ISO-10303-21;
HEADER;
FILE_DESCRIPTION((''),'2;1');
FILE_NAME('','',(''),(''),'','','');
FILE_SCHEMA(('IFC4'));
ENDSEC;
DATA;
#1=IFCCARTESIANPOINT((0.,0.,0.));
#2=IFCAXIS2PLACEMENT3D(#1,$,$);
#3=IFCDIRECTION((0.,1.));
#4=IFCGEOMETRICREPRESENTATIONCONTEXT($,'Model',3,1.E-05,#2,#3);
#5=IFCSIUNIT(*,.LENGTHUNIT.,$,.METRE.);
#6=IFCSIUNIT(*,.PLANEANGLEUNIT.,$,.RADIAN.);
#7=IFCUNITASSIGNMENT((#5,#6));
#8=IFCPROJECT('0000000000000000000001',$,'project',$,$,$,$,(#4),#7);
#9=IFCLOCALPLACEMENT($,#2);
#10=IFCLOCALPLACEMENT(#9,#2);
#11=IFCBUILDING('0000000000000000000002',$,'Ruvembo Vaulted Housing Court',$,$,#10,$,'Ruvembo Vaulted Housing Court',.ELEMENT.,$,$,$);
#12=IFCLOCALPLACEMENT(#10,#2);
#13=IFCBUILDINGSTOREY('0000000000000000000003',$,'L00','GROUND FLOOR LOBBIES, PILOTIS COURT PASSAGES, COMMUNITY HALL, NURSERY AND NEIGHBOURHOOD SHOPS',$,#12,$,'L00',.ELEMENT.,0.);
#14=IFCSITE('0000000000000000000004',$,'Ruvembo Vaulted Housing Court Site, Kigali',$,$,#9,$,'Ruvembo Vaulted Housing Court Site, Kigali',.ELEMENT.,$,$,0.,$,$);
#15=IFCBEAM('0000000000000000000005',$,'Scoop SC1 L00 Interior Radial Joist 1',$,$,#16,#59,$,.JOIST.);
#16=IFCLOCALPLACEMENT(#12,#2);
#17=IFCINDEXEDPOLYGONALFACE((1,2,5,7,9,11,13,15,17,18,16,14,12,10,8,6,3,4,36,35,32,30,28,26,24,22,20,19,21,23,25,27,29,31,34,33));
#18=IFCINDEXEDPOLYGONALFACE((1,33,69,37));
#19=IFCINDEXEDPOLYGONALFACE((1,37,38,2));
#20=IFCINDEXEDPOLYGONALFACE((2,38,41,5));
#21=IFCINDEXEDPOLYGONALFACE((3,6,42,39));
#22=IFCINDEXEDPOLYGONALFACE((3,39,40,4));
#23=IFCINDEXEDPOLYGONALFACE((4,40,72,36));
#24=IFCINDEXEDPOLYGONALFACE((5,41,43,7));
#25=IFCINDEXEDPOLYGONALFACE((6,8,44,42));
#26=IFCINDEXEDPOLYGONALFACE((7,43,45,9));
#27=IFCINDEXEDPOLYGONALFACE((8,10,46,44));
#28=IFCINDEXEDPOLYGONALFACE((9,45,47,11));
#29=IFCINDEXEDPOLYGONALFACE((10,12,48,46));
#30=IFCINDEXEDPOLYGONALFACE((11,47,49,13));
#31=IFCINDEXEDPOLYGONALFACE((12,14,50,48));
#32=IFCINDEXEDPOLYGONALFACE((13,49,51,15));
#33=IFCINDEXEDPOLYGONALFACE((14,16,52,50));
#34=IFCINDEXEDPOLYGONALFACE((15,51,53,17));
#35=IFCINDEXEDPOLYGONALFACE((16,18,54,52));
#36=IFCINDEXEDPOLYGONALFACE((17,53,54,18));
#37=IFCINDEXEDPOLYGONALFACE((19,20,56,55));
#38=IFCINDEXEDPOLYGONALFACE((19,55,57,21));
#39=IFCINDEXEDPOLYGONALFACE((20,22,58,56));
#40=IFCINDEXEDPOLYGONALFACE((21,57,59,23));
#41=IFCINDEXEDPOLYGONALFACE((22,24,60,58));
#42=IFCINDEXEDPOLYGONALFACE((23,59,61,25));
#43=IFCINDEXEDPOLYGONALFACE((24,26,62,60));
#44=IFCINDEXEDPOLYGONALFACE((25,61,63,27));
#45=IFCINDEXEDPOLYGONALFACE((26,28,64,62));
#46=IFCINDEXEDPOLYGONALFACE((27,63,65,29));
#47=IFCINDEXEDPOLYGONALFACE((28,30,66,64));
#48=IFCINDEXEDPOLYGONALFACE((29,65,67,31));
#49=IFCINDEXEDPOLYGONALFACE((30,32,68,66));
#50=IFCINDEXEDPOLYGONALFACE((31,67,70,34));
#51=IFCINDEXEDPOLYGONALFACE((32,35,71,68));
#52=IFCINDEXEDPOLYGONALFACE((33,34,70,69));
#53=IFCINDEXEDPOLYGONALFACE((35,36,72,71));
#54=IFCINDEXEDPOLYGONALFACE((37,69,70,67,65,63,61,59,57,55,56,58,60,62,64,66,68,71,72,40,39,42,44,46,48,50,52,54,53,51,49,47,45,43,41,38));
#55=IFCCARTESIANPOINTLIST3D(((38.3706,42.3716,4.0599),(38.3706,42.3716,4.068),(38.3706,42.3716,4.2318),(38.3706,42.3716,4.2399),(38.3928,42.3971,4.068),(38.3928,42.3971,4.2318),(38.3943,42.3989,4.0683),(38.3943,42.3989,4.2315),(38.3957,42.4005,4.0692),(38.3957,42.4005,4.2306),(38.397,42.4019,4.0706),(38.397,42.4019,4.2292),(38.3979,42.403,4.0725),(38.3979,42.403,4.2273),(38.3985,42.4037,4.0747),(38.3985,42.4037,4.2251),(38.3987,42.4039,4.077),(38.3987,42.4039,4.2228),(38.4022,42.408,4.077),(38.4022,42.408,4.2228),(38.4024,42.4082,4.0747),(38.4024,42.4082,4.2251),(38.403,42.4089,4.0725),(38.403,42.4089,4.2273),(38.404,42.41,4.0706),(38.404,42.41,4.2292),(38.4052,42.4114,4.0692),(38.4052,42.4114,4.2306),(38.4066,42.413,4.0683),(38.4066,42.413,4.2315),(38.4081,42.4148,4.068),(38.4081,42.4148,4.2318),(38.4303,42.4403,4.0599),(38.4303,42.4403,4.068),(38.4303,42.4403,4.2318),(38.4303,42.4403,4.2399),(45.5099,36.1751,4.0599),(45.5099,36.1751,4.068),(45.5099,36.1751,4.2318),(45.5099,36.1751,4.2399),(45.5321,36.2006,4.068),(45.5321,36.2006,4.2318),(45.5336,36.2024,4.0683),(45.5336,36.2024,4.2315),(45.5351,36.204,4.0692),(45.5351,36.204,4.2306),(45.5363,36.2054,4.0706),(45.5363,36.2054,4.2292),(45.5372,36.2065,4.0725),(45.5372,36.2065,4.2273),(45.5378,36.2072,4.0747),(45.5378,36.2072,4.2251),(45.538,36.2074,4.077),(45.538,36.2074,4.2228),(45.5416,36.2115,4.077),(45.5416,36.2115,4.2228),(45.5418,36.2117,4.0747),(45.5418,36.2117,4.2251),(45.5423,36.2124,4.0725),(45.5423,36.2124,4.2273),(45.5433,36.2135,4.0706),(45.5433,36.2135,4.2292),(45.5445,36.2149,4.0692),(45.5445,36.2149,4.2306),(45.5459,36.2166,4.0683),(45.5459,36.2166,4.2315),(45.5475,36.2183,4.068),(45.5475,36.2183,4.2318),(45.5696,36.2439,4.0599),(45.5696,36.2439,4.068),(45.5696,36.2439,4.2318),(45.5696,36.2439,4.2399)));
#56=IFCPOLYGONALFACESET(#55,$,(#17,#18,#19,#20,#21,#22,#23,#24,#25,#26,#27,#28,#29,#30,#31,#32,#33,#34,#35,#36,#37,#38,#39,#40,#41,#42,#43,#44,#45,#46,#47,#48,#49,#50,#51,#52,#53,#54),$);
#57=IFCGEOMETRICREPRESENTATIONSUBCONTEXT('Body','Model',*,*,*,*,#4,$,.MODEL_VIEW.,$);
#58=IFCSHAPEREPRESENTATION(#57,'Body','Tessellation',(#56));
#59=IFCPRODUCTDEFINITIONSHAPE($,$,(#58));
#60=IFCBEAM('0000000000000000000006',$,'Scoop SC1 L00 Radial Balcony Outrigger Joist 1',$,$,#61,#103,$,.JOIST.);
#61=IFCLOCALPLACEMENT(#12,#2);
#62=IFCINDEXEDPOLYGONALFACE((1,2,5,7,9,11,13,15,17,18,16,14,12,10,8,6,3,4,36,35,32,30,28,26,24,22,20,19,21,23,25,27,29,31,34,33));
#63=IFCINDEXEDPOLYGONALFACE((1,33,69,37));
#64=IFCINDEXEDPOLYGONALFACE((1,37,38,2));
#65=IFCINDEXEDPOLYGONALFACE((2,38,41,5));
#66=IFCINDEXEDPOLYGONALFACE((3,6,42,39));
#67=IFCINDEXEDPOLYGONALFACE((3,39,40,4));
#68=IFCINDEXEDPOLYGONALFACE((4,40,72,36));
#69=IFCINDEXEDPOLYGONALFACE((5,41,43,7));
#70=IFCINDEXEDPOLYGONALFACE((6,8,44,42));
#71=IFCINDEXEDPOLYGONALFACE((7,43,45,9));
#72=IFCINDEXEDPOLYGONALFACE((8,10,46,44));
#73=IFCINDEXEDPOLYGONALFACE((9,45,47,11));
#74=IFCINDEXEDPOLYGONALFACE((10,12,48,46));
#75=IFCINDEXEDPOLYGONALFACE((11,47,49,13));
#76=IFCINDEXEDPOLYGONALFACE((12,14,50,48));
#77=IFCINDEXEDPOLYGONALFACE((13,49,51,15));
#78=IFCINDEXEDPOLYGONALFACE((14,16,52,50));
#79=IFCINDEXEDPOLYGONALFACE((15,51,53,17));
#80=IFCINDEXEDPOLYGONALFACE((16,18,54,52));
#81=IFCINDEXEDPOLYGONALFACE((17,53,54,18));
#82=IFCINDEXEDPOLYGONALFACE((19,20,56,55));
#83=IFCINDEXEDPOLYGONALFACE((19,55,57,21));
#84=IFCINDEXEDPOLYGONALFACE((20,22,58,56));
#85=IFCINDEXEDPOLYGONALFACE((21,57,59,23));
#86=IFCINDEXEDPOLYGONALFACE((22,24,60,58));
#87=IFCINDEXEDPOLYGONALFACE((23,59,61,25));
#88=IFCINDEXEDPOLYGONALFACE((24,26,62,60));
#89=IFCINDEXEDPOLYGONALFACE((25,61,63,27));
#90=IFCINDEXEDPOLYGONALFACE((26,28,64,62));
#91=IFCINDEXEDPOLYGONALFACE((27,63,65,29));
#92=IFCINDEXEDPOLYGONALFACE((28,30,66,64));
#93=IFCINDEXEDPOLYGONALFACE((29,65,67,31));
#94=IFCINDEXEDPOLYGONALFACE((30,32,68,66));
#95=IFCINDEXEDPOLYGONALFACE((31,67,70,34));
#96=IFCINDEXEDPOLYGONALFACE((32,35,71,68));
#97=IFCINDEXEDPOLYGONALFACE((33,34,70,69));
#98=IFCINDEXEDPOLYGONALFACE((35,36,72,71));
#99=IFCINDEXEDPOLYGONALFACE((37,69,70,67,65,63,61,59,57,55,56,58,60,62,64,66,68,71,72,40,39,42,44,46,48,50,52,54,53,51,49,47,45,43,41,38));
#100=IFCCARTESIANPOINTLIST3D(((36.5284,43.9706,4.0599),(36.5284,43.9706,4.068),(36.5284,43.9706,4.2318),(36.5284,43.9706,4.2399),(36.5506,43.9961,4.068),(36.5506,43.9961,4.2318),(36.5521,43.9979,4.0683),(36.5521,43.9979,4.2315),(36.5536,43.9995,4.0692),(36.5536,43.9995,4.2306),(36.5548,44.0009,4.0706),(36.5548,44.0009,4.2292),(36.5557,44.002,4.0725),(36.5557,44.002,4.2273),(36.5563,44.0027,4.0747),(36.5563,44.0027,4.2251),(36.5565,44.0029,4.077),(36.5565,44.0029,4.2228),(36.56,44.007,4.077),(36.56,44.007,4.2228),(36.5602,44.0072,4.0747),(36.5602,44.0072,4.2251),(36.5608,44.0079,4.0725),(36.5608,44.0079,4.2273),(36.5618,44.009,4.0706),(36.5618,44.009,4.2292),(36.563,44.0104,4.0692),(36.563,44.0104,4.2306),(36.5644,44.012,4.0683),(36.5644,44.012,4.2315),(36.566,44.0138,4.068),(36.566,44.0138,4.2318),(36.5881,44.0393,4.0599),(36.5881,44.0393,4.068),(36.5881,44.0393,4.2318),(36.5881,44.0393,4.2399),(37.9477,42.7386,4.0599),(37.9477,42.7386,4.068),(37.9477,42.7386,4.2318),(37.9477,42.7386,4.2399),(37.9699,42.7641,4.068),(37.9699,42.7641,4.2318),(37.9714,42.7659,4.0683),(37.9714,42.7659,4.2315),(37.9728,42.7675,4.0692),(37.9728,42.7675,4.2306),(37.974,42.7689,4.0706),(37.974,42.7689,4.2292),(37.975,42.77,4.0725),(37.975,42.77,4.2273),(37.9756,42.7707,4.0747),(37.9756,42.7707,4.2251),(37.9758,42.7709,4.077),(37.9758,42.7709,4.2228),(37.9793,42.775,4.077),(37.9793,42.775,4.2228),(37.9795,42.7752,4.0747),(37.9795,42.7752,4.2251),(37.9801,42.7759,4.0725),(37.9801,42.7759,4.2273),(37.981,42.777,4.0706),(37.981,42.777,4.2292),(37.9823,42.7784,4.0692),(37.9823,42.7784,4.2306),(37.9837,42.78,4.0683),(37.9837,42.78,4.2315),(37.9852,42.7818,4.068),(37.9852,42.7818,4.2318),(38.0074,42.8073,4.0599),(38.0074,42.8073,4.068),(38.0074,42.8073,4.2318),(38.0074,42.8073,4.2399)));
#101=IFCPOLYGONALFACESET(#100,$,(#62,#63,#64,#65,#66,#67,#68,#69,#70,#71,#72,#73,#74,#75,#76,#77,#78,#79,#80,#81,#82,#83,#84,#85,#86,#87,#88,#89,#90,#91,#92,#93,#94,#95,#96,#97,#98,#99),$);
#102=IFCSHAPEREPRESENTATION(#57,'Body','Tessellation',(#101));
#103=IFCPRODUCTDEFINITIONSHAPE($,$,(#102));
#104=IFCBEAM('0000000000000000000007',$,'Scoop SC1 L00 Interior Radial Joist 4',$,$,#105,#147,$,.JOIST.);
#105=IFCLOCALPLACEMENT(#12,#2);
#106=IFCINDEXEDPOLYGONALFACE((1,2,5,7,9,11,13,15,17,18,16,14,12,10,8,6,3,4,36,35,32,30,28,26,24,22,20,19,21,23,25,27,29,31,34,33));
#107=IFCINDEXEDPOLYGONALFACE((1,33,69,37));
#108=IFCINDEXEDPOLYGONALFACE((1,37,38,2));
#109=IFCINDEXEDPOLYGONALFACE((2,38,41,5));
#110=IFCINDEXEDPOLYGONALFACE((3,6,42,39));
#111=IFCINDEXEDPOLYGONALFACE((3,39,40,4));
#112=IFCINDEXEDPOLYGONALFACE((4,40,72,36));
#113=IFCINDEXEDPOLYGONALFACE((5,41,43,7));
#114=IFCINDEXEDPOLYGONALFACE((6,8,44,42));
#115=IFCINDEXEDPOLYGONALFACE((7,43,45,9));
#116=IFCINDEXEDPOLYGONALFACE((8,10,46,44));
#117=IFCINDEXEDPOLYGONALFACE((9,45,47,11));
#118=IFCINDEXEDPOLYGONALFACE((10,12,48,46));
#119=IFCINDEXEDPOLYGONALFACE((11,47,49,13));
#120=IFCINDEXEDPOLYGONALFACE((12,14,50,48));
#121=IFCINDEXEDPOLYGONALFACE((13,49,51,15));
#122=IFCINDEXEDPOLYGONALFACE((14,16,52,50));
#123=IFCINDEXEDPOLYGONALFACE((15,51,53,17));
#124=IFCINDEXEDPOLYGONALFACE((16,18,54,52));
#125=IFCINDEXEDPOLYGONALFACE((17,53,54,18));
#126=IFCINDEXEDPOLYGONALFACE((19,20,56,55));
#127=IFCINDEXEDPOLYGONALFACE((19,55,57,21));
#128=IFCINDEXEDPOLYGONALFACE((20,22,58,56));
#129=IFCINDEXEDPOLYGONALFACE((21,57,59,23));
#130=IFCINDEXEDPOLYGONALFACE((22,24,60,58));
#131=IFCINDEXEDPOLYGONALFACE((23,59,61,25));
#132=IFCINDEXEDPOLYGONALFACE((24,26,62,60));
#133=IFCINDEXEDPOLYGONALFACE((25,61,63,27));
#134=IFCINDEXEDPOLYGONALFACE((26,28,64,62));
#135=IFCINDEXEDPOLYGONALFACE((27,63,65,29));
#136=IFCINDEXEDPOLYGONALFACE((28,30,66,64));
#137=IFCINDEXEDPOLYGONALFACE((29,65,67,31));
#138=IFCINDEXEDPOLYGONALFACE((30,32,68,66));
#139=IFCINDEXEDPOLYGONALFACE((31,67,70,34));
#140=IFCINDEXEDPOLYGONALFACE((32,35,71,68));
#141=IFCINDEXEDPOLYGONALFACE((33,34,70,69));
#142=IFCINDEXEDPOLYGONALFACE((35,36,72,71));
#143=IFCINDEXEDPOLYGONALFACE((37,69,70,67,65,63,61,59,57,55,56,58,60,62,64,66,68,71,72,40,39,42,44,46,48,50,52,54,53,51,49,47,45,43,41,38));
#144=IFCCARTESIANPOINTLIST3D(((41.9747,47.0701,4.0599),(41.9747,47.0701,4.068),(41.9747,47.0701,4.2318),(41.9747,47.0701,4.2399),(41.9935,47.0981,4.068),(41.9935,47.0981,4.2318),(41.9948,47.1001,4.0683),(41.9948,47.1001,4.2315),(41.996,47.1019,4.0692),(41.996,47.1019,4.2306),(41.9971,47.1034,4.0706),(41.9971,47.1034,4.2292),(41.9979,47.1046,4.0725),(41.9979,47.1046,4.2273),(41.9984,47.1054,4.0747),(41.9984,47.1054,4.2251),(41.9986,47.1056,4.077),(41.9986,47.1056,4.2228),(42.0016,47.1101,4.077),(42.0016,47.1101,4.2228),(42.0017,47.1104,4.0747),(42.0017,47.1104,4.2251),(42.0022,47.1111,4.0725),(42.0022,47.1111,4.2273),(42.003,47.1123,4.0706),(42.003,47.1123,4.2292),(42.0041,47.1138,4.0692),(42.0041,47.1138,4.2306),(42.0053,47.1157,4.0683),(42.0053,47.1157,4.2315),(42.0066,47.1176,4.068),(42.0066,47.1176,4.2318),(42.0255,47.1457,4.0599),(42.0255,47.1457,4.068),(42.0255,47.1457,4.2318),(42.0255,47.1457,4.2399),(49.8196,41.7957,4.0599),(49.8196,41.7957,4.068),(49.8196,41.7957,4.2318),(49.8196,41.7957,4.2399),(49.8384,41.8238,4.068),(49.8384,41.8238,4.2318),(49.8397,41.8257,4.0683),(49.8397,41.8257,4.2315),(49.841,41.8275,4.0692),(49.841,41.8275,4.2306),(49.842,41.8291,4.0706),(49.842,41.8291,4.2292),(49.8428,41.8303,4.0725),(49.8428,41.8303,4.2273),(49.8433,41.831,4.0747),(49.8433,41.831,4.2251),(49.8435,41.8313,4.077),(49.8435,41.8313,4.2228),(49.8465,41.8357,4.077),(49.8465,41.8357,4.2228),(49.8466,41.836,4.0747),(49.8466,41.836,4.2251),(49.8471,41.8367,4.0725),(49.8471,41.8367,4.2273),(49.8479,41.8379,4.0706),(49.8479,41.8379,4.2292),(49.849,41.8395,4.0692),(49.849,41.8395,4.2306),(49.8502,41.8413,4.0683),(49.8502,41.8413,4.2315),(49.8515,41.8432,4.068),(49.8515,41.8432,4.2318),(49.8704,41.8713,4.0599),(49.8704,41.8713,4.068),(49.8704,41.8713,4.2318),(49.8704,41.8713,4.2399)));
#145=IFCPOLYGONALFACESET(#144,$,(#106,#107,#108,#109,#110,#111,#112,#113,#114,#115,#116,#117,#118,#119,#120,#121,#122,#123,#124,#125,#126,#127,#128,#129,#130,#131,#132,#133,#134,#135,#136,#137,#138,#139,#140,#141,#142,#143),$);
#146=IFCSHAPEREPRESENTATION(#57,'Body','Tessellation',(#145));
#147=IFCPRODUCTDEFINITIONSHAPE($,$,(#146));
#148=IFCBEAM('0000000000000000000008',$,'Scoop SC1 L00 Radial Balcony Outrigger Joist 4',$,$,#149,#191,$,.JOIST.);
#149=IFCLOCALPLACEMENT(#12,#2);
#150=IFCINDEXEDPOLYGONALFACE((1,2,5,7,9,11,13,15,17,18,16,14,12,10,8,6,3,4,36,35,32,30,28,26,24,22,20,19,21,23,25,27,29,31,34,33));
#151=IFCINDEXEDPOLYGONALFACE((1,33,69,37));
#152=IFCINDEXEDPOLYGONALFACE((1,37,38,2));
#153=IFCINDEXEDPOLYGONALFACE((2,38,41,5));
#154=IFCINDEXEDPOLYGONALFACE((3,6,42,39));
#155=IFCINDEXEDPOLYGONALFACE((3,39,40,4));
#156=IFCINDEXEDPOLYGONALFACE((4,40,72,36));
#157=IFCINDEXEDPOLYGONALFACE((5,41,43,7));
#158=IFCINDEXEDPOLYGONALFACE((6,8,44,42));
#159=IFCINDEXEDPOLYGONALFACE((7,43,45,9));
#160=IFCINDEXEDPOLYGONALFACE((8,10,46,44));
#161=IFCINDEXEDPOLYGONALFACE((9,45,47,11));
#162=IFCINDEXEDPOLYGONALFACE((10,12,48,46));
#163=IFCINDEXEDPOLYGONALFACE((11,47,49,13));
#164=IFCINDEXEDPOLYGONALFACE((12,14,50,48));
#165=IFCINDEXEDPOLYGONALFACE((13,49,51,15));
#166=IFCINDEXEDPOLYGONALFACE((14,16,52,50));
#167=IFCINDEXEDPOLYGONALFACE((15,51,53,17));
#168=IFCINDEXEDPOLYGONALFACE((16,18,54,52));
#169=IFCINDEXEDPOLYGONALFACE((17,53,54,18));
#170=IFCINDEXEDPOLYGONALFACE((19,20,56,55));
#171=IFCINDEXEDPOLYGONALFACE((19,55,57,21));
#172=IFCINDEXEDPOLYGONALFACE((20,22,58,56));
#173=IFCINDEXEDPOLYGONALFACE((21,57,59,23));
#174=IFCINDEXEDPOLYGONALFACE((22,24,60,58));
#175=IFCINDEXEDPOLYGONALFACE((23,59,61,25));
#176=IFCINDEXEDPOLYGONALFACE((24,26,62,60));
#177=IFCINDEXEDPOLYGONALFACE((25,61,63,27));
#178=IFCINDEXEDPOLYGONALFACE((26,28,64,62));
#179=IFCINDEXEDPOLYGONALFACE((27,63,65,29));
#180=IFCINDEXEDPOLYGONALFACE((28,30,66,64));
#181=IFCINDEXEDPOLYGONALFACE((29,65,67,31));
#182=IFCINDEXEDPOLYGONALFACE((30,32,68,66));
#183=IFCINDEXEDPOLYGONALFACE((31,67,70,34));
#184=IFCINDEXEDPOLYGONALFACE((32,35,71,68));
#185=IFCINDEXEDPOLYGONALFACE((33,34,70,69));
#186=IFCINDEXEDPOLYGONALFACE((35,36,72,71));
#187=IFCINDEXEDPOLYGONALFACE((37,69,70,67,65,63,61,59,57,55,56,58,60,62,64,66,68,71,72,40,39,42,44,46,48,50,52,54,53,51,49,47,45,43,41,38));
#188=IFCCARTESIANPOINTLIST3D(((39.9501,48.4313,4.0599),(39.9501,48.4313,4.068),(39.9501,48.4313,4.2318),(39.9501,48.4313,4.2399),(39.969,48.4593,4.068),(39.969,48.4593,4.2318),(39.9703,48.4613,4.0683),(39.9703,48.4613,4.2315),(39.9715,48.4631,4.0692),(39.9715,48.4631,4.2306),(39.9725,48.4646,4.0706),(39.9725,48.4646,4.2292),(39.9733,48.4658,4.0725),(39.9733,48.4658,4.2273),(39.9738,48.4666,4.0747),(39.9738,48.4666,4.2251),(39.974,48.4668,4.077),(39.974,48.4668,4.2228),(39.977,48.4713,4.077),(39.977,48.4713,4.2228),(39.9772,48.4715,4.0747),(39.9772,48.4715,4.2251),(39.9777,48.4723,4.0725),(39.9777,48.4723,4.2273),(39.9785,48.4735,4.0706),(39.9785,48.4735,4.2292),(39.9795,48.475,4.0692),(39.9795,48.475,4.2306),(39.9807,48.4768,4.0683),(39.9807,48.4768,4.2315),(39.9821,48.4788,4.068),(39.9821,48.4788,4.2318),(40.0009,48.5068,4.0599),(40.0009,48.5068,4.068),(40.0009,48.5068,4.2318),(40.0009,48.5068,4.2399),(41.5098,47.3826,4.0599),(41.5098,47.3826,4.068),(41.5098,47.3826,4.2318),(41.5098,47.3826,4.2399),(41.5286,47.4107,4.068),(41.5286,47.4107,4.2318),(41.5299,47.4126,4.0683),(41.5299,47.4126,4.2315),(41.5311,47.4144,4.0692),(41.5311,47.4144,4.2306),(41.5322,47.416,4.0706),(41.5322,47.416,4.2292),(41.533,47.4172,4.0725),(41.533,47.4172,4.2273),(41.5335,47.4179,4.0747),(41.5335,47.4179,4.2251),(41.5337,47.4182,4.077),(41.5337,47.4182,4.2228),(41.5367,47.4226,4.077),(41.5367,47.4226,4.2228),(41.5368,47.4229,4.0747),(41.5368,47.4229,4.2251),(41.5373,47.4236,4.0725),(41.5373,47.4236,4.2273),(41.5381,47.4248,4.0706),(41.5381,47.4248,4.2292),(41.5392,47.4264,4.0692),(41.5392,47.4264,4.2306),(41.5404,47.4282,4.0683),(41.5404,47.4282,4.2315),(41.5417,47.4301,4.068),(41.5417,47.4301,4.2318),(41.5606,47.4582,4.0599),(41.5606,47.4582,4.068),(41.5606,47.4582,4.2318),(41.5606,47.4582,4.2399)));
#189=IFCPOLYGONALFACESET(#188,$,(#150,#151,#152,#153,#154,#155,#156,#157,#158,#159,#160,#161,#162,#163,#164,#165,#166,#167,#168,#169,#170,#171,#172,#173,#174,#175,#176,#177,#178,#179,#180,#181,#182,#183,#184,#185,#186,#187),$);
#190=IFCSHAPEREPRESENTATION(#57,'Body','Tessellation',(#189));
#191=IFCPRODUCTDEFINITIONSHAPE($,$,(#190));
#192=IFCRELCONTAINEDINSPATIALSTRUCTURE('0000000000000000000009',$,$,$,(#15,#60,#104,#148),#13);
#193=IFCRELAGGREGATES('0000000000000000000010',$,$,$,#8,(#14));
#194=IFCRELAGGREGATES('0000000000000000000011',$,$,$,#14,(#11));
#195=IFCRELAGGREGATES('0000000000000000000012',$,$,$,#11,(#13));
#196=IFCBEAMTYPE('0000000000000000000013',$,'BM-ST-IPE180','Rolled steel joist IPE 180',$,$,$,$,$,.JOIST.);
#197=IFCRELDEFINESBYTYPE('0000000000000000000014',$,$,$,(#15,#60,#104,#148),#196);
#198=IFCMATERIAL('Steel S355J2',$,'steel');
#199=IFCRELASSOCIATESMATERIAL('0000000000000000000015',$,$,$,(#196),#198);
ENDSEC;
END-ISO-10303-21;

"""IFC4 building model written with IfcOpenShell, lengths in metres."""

from ifc_helpers import new_model, si_unit, direction, frame, origin, origin_2d, place, context, subcontext, project, spatial, i_section, extrude, material, material_profile, profile_set, type_object, element, save


model = new_model("IFC4")

# Units and contexts
model_context = context("Model", 3, precision=1e-05, world=origin(), true_north=direction((0.0, 1.0)))
body_context = subcontext(model_context, "Body", "Model", "MODEL_VIEW")
ifc_project = project(units=[si_unit("LENGTHUNIT", "METRE"), si_unit("PLANEANGLEUNIT", "RADIAN")], contexts=[model_context])

# Site, building, storey
site_placement = place(None, origin())
site = spatial("IfcSite", under=ifc_project, at=site_placement, Name="Ruvembo Vaulted Housing Court Site, Kigali", LongName="Ruvembo Vaulted Housing Court Site, Kigali", CompositionType="ELEMENT", RefElevation=0.0)
building_placement = place(site_placement, origin())
building = spatial("IfcBuilding", under=site, at=building_placement, Name="Ruvembo Vaulted Housing Court", LongName="Ruvembo Vaulted Housing Court", CompositionType="ELEMENT")
storey_placement = place(building_placement, origin())
storey = spatial("IfcBuildingStorey", under=building, at=storey_placement, Name="L00", Description="GROUND FLOOR LOBBIES, PILOTIS COURT PASSAGES, COMMUNITY HALL, NURSERY AND NEIGHBOURHOOD SHOPS", LongName="L00", CompositionType="ELEMENT", Elevation=0.0)

# Beams
ifc_material_1 = material(Name="Steel S355J2", Category="steel")
ifc_material_profile_1 = material_profile(ifc_material_1, i_section(OverallWidth=0.0911, OverallDepth=0.1799, WebThickness=0.0054, FlangeThickness=0.0081, FilletRadius=0.009, at=origin_2d()), Name="IPE 180")
ifc_profile_set_1 = profile_set([ifc_material_profile_1], Name="Steel S355J2")
beam_type_1 = type_object("IfcBeamType", Name="BM-ST-IPE180", Description="Rolled steel joist IPE 180", PredefinedType="JOIST", material=ifc_profile_set_1)
beam_1_placement = place(storey_placement, frame((45.5398, 36.2095, 4.1499), z_axis=(-0.755215, 0.655477, 0.0), x_axis=(-0.655477, -0.755215, 0.0)))
element("IfcBeam", 1, at=beam_1_placement, inside=storey, type_object=beam_type_1, Name="Scoop SC1 L00 Interior Radial Joist 1", PredefinedType="JOIST", context=body_context, shape_type="SweptSolid", body=[
    extrude(i_section(OverallWidth=0.0911, OverallDepth=0.1799, WebThickness=0.0054, FlangeThickness=0.0081, FilletRadius=0.009, at=origin_2d()), origin(), (0.0, 0.0, 1.0), 9.4534),
])
beam_2_placement = place(storey_placement, frame((37.9775, 42.7729, 4.1499), z_axis=(-0.75517, 0.655529, 0.0), x_axis=(-0.655529, -0.75517, 0.0)))
element("IfcBeam", 2, at=beam_2_placement, inside=storey, type_object=beam_type_1, Name="Scoop SC1 L00 Radial Balcony Outrigger Joist 1", PredefinedType="JOIST", context=body_context, shape_type="SweptSolid", body=[
    extrude(i_section(OverallWidth=0.0911, OverallDepth=0.1799, WebThickness=0.0054, FlangeThickness=0.0081, FilletRadius=0.009, at=origin_2d()), origin(), (0.0, 0.0, 1.0), 1.8794),
])
beam_3_placement = place(storey_placement, frame((49.845, 41.8335, 4.1499), z_axis=(-0.829875, 0.55795, 0.0), x_axis=(-0.55795, -0.829875, 0.0)))
element("IfcBeam", 3, at=beam_3_placement, inside=storey, type_object=beam_type_1, Name="Scoop SC1 L00 Interior Radial Joist 4", PredefinedType="JOIST", context=body_context, shape_type="SweptSolid", body=[
    extrude(i_section(OverallWidth=0.0911, OverallDepth=0.1799, WebThickness=0.0054, FlangeThickness=0.0081, FilletRadius=0.009, at=origin_2d()), origin(), (0.0, 0.0, 1.0), 9.4531),
])
beam_4_placement = place(storey_placement, frame((41.5352, 47.4204, 4.1499), z_axis=(-0.829865, 0.557964, 0.0), x_axis=(-0.557964, -0.829865, 0.0)))
element("IfcBeam", 4, at=beam_4_placement, inside=storey, type_object=beam_type_1, Name="Scoop SC1 L00 Radial Balcony Outrigger Joist 4", PredefinedType="JOIST", context=body_context, shape_type="SweptSolid", body=[
    extrude(i_section(OverallWidth=0.0911, OverallDepth=0.1799, WebThickness=0.0054, FlangeThickness=0.0081, FilletRadius=0.009, at=origin_2d()), origin(), (0.0, 0.0, 1.0), 1.8794),
])

save(model, "model.ifc")
